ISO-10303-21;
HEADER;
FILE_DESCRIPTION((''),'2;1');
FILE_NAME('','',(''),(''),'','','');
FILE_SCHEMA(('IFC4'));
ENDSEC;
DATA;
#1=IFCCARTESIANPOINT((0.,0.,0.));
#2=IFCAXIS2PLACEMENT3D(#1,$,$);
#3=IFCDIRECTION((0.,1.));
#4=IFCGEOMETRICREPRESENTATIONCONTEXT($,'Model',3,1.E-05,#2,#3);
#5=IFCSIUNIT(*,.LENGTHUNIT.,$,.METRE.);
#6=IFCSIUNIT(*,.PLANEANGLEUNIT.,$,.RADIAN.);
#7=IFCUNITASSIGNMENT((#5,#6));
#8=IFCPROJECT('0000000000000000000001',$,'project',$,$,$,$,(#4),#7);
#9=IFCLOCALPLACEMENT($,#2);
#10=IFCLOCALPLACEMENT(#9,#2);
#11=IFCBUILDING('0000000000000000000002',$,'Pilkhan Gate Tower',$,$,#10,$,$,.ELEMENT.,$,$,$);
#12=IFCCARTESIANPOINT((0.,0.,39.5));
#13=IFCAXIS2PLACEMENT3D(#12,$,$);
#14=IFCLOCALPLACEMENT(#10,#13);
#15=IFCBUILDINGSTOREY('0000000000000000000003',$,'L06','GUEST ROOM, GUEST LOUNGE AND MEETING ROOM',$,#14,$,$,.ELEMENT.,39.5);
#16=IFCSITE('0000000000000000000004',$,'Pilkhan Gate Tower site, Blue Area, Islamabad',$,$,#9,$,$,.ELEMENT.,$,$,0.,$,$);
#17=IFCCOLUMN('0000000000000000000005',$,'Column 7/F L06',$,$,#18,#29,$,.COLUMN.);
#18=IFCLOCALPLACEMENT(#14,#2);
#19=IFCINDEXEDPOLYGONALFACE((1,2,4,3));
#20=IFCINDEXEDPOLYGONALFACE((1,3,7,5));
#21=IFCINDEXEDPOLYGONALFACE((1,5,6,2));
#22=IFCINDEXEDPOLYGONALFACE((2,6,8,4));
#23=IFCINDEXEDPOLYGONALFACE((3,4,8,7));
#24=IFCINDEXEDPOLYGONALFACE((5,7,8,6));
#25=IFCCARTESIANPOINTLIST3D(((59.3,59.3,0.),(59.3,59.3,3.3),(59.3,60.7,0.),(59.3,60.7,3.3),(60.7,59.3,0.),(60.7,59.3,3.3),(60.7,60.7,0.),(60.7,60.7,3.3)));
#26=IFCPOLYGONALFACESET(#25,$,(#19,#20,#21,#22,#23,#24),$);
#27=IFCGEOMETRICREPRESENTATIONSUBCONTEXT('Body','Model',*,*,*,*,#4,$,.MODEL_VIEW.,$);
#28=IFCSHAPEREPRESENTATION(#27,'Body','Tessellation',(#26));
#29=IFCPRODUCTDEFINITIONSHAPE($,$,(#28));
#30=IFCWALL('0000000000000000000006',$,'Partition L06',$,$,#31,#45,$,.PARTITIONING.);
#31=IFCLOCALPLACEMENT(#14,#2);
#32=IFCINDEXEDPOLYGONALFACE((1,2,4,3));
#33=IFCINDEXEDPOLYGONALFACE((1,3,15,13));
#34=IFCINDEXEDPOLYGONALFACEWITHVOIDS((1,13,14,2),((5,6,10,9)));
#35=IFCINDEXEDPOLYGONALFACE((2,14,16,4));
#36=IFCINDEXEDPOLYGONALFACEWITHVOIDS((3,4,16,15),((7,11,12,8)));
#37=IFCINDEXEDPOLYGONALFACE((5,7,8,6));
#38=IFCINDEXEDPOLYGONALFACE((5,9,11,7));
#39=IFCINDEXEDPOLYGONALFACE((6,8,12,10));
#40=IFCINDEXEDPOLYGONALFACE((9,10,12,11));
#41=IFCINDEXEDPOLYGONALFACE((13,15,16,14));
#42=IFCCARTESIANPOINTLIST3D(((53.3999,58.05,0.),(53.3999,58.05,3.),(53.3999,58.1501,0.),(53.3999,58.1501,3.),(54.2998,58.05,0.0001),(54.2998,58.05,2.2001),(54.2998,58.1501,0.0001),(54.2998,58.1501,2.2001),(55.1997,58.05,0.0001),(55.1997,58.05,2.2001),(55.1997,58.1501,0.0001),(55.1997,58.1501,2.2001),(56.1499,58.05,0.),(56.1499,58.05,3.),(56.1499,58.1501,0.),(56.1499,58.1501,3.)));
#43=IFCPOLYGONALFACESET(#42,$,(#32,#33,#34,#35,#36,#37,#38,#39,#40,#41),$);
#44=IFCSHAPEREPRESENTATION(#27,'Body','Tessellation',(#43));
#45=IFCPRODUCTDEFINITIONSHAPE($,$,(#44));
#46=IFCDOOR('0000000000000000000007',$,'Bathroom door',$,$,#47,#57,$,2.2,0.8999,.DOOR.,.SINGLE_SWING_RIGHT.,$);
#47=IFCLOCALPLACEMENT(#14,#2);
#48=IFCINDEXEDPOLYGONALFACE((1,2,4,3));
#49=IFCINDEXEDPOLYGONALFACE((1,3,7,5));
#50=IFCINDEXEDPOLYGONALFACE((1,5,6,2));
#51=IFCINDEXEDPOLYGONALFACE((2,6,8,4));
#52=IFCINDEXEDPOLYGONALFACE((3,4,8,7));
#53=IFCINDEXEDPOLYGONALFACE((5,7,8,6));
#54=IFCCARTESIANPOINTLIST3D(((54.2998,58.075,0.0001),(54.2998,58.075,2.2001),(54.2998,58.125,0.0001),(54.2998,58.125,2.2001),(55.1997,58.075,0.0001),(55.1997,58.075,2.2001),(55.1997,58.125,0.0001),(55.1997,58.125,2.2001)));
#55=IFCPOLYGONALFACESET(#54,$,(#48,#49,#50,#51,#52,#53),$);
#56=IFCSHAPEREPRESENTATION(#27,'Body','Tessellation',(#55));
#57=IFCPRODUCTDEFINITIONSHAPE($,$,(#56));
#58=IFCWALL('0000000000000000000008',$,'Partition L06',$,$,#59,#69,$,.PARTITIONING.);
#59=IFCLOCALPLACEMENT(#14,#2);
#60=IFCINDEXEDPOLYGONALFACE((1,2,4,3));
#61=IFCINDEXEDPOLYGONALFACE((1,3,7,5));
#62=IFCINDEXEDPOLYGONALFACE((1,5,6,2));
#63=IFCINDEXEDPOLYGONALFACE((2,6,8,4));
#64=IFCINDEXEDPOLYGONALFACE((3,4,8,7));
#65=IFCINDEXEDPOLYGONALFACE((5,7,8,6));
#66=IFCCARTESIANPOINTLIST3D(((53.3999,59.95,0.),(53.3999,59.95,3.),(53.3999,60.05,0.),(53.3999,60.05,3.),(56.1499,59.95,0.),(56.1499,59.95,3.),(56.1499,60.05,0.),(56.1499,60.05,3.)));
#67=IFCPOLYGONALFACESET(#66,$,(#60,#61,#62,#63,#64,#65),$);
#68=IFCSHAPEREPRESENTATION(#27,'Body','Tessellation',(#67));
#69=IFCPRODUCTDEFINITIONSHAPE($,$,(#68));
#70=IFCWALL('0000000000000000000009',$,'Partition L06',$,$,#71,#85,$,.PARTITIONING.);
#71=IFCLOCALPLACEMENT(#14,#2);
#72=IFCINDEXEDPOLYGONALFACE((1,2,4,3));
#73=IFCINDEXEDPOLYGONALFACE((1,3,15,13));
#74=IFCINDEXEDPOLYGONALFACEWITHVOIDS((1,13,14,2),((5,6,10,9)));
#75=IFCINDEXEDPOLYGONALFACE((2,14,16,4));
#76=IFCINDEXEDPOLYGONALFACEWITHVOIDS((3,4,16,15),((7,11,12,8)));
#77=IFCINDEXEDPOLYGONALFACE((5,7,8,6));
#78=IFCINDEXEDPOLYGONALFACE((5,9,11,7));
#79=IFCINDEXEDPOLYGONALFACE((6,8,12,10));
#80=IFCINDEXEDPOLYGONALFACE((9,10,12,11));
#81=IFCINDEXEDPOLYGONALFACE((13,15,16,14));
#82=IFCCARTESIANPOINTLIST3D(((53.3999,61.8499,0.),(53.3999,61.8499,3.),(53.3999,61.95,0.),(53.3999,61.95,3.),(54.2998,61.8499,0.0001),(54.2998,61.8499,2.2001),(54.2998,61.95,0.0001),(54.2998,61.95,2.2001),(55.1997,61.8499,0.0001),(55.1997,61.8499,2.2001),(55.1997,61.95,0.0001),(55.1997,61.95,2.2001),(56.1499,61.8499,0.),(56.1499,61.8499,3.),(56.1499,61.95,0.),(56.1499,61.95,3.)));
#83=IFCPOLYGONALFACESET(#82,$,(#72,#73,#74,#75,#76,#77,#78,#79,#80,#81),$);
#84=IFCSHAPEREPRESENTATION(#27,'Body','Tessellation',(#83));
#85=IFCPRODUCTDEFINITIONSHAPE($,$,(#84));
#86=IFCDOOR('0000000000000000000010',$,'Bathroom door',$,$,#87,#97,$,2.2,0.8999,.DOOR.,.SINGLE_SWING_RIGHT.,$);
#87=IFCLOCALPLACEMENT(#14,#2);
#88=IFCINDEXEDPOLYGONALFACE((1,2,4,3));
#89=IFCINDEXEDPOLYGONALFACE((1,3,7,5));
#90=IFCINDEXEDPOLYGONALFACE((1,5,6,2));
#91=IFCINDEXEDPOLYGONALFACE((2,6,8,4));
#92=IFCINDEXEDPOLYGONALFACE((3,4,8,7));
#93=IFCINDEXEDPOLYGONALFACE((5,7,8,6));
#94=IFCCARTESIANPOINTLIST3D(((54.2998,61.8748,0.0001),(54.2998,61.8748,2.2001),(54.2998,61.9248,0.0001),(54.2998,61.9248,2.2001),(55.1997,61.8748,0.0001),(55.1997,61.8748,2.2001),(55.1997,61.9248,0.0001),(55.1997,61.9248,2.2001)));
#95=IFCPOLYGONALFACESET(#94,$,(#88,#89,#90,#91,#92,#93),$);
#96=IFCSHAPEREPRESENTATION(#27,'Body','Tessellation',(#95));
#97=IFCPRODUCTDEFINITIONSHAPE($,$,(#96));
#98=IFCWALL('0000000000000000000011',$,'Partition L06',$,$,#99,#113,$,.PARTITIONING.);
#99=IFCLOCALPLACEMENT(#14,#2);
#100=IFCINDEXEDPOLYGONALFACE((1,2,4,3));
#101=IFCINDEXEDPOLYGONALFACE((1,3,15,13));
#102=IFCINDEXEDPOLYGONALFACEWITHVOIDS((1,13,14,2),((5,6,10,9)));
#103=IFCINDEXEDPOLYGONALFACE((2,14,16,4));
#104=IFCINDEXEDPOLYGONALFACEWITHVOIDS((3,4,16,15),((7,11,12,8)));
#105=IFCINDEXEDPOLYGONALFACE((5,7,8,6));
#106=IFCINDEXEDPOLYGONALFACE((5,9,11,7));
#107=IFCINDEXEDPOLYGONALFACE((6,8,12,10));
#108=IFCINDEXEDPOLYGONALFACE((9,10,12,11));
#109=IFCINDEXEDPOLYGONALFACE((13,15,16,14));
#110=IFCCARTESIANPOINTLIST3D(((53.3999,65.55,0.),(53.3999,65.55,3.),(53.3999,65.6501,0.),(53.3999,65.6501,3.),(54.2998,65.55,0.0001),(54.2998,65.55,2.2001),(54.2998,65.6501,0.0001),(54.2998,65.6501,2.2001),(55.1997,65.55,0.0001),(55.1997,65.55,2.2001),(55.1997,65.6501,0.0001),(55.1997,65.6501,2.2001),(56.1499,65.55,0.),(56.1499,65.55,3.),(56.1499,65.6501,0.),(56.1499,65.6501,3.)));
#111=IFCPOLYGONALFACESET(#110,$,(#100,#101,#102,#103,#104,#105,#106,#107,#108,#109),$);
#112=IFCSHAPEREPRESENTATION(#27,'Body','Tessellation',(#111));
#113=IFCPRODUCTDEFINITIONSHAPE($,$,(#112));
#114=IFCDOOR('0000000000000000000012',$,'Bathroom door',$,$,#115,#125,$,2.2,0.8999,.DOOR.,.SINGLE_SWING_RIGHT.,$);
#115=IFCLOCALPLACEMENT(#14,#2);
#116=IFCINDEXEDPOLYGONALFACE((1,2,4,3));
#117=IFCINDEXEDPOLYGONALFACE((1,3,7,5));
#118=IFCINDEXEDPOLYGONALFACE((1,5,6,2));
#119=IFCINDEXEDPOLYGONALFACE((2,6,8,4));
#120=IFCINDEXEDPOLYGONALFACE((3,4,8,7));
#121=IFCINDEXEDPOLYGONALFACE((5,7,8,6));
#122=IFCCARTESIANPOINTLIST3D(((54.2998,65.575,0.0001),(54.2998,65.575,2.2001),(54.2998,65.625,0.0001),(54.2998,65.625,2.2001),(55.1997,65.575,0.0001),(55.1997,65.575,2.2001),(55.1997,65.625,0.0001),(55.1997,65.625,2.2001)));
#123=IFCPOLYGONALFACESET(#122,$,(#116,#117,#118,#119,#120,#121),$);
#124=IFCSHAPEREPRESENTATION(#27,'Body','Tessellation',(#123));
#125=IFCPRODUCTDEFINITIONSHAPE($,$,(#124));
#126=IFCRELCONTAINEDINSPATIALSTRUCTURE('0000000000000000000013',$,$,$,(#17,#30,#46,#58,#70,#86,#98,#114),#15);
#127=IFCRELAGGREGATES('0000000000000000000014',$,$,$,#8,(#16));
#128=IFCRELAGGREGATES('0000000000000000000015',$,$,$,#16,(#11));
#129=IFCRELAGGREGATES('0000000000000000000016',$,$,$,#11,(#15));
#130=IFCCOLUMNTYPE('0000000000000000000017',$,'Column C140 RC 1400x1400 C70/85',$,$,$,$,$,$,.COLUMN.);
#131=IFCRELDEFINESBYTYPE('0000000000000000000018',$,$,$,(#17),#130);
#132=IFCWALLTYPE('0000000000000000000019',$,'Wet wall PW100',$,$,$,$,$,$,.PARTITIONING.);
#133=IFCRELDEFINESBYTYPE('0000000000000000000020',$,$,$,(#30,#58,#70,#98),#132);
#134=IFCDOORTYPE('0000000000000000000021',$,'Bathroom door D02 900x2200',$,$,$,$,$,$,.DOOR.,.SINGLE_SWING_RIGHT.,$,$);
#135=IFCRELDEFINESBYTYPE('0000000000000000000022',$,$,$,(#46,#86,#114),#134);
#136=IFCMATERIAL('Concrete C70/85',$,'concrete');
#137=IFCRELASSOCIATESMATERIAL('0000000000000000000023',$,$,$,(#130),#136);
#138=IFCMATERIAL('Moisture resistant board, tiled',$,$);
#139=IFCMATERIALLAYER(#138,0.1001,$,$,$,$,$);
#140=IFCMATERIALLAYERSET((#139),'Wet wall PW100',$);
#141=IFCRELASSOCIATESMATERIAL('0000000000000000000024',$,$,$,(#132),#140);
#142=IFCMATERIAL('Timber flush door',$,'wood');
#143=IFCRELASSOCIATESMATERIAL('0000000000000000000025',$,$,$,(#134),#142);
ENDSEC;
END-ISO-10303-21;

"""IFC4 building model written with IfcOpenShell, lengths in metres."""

from ifc_helpers import new_model, si_unit, direction, frame, frame_2d, origin, origin_2d, place, context, subcontext, project, spatial, rectangle, extrude, material, layer, layer_set, material_profile, profile_set, type_object, element, fill, save


model = new_model("IFC4")

# Units and contexts
model_context = context("Model", 3, precision=1e-05, world=origin(), true_north=direction((0.0, 1.0)))
body_context = subcontext(model_context, "Body", "Model", "MODEL_VIEW")
ifc_project = project(units=[si_unit("LENGTHUNIT", "METRE"), si_unit("PLANEANGLEUNIT", "RADIAN")], contexts=[model_context])

# Site, building, storey
site_placement = place(None, origin())
site = spatial("IfcSite", under=ifc_project, at=site_placement, Name="Pilkhan Gate Tower site, Blue Area, Islamabad", CompositionType="ELEMENT", RefElevation=0.0)
building_placement = place(site_placement, origin())
building = spatial("IfcBuilding", under=site, at=building_placement, Name="Pilkhan Gate Tower", CompositionType="ELEMENT")
storey_placement = place(building_placement, frame((0.0, 0.0, 39.5)))
storey = spatial("IfcBuildingStorey", under=building, at=storey_placement, Name="L06", Description="GUEST ROOM, GUEST LOUNGE AND MEETING ROOM", CompositionType="ELEMENT", Elevation=39.5)

# Column
ifc_material_1 = material(Name="Concrete C70/85", Category="concrete")
ifc_material_profile = material_profile(ifc_material_1, rectangle(XDim=1.3999, YDim=1.3999, at=origin_2d()), Name="RC 1400x1400")
ifc_profile_set = profile_set([ifc_material_profile], Name="Concrete C70/85")
column_type = type_object("IfcColumnType", Name="Column C140 RC 1400x1400 C70/85", PredefinedType="COLUMN", material=ifc_profile_set)
column_placement = place(storey_placement, frame((60.0, 60.0, 0.0), z_axis=(0.0, 0.0, 1.0), x_axis=(1.0, 0.0, 0.0)))
element("IfcColumn", 1, at=column_placement, inside=storey, type_object=column_type, Name="Column 7/F L06", PredefinedType="COLUMN", context=body_context, shape_type="SweptSolid", body=[
    extrude(rectangle(XDim=1.3999, YDim=1.3999, at=origin_2d()), origin(), (0.0, 0.0, 1.0), 3.3),
])

# Wall, opening, door
ifc_material_2 = material(Name="Moisture resistant board, tiled")
ifc_layer = layer(ifc_material_2, 0.1001)
ifc_layer_set = layer_set([ifc_layer], Name="Wet wall PW100")
wall_type = type_object("IfcWallType", Name="Wet wall PW100", PredefinedType="PARTITIONING", material=ifc_layer_set)
wall_1_placement = place(storey_placement, frame((53.3999, 58.1001, 0.0), z_axis=(0.0, 0.0, 1.0), x_axis=(1.0, 0.0, 0.0)))
wall_1 = element("IfcWall", 2, at=wall_1_placement, inside=storey, type_object=wall_type, Name="Partition L06", PredefinedType="PARTITIONING", context=body_context, shape_type="SweptSolid", body=[
    extrude(rectangle(XDim=2.75, YDim=0.1001, at=frame_2d((1.375, 0.0))), origin(), (0.0, 0.0, 1.0), 3.0),
])
opening_1_placement = place(wall_1_placement, frame((0.8999, 0.0, 0.0)))
opening_1 = element("IfcOpeningElement", 3, at=opening_1_placement, cuts=wall_1, PredefinedType="OPENING", context=body_context, shape_type="SweptSolid", body=[
    extrude(rectangle(XDim=0.8999, YDim=2.2, at=frame_2d((0.45, 1.1001))), frame((0.0, 0.0601, 0.0), z_axis=(0.0, -1.0, 0.0), x_axis=(1.0, 0.0, 0.0)), (0.0, 0.0, 1.0), 0.1201),
])
ifc_material_3 = material(Name="Timber flush door", Category="wood")
door_type = type_object("IfcDoorType", Name="Bathroom door D02 900x2200", OperationType="SINGLE_SWING_RIGHT", PredefinedType="DOOR", material=ifc_material_3)
door_1_placement = place(opening_1_placement, origin())
door_1 = element("IfcDoor", 4, at=door_1_placement, inside=storey, type_object=door_type, Name="Bathroom door", OperationType="SINGLE_SWING_RIGHT", OverallHeight=2.2, OverallWidth=0.8999, PredefinedType="DOOR", context=body_context, shape_type="SweptSolid", body=[
    extrude(rectangle(XDim=0.8999, YDim=2.2, at=frame_2d((0.45, 1.1001))), frame((0.0, 0.0249, 0.0), z_axis=(0.0, -1.0, 0.0), x_axis=(1.0, 0.0, 0.0)), (0.0, 0.0, 1.0), 0.05),
])
fill(opening_1, door_1)

# Wall
wall_2_placement = place(storey_placement, frame((53.3999, 60.0, 0.0), z_axis=(0.0, 0.0, 1.0), x_axis=(1.0, 0.0, 0.0)))
element("IfcWall", 5, at=wall_2_placement, inside=storey, type_object=wall_type, Name="Partition L06", PredefinedType="PARTITIONING", context=body_context, shape_type="SweptSolid", body=[
    extrude(rectangle(XDim=2.75, YDim=0.1001, at=frame_2d((1.375, 0.0))), origin(), (0.0, 0.0, 1.0), 3.0),
])

# Walls, openings, doors
wall_3_placement = place(storey_placement, frame((53.3999, 61.8999, 0.0), z_axis=(0.0, 0.0, 1.0), x_axis=(1.0, 0.0, 0.0)))
wall_3 = element("IfcWall", 6, at=wall_3_placement, inside=storey, type_object=wall_type, Name="Partition L06", PredefinedType="PARTITIONING", context=body_context, shape_type="SweptSolid", body=[
    extrude(rectangle(XDim=2.75, YDim=0.1001, at=frame_2d((1.375, 0.0))), origin(), (0.0, 0.0, 1.0), 3.0),
])
opening_2_placement = place(wall_3_placement, frame((0.8999, 0.0, 0.0)))
opening_2 = element("IfcOpeningElement", 7, at=opening_2_placement, cuts=wall_3, PredefinedType="OPENING", context=body_context, shape_type="SweptSolid", body=[
    extrude(rectangle(XDim=0.8999, YDim=2.2, at=frame_2d((0.45, 1.1001))), frame((0.0, 0.0601, 0.0), z_axis=(0.0, -1.0, 0.0), x_axis=(1.0, 0.0, 0.0)), (0.0, 0.0, 1.0), 0.1201),
])
door_2_placement = place(opening_2_placement, origin())
door_2 = element("IfcDoor", 8, at=door_2_placement, inside=storey, type_object=door_type, Name="Bathroom door", OperationType="SINGLE_SWING_RIGHT", OverallHeight=2.2, OverallWidth=0.8999, PredefinedType="DOOR", context=body_context, shape_type="SweptSolid", body=[
    extrude(rectangle(XDim=0.8999, YDim=2.2, at=frame_2d((0.45, 1.1001))), frame((0.0, 0.0249, 0.0), z_axis=(0.0, -1.0, 0.0), x_axis=(1.0, 0.0, 0.0)), (0.0, 0.0, 1.0), 0.05),
])
fill(opening_2, door_2)
wall_4_placement = place(storey_placement, frame((53.3999, 65.6001, 0.0), z_axis=(0.0, 0.0, 1.0), x_axis=(1.0, 0.0, 0.0)))
wall_4 = element("IfcWall", 9, at=wall_4_placement, inside=storey, type_object=wall_type, Name="Partition L06", PredefinedType="PARTITIONING", context=body_context, shape_type="SweptSolid", body=[
    extrude(rectangle(XDim=2.75, YDim=0.1001, at=frame_2d((1.375, 0.0))), origin(), (0.0, 0.0, 1.0), 3.0),
])
opening_3_placement = place(wall_4_placement, frame((0.8999, 0.0, 0.0)))
opening_3 = element("IfcOpeningElement", 10, at=opening_3_placement, cuts=wall_4, PredefinedType="OPENING", context=body_context, shape_type="SweptSolid", body=[
    extrude(rectangle(XDim=0.8999, YDim=2.2, at=frame_2d((0.45, 1.1001))), frame((0.0, 0.0601, 0.0), z_axis=(0.0, -1.0, 0.0), x_axis=(1.0, 0.0, 0.0)), (0.0, 0.0, 1.0), 0.1201),
])
door_3_placement = place(opening_3_placement, origin())
door_3 = element("IfcDoor", 11, at=door_3_placement, inside=storey, type_object=door_type, Name="Bathroom door", OperationType="SINGLE_SWING_RIGHT", OverallHeight=2.2, OverallWidth=0.8999, PredefinedType="DOOR", context=body_context, shape_type="SweptSolid", body=[
    extrude(rectangle(XDim=0.8999, YDim=2.2, at=frame_2d((0.45, 1.1001))), frame((0.0, 0.0249, 0.0), z_axis=(0.0, -1.0, 0.0), x_axis=(1.0, 0.0, 0.0)), (0.0, 0.0, 1.0), 0.05),
])
fill(opening_3, door_3)

save(model, "model.ifc")
